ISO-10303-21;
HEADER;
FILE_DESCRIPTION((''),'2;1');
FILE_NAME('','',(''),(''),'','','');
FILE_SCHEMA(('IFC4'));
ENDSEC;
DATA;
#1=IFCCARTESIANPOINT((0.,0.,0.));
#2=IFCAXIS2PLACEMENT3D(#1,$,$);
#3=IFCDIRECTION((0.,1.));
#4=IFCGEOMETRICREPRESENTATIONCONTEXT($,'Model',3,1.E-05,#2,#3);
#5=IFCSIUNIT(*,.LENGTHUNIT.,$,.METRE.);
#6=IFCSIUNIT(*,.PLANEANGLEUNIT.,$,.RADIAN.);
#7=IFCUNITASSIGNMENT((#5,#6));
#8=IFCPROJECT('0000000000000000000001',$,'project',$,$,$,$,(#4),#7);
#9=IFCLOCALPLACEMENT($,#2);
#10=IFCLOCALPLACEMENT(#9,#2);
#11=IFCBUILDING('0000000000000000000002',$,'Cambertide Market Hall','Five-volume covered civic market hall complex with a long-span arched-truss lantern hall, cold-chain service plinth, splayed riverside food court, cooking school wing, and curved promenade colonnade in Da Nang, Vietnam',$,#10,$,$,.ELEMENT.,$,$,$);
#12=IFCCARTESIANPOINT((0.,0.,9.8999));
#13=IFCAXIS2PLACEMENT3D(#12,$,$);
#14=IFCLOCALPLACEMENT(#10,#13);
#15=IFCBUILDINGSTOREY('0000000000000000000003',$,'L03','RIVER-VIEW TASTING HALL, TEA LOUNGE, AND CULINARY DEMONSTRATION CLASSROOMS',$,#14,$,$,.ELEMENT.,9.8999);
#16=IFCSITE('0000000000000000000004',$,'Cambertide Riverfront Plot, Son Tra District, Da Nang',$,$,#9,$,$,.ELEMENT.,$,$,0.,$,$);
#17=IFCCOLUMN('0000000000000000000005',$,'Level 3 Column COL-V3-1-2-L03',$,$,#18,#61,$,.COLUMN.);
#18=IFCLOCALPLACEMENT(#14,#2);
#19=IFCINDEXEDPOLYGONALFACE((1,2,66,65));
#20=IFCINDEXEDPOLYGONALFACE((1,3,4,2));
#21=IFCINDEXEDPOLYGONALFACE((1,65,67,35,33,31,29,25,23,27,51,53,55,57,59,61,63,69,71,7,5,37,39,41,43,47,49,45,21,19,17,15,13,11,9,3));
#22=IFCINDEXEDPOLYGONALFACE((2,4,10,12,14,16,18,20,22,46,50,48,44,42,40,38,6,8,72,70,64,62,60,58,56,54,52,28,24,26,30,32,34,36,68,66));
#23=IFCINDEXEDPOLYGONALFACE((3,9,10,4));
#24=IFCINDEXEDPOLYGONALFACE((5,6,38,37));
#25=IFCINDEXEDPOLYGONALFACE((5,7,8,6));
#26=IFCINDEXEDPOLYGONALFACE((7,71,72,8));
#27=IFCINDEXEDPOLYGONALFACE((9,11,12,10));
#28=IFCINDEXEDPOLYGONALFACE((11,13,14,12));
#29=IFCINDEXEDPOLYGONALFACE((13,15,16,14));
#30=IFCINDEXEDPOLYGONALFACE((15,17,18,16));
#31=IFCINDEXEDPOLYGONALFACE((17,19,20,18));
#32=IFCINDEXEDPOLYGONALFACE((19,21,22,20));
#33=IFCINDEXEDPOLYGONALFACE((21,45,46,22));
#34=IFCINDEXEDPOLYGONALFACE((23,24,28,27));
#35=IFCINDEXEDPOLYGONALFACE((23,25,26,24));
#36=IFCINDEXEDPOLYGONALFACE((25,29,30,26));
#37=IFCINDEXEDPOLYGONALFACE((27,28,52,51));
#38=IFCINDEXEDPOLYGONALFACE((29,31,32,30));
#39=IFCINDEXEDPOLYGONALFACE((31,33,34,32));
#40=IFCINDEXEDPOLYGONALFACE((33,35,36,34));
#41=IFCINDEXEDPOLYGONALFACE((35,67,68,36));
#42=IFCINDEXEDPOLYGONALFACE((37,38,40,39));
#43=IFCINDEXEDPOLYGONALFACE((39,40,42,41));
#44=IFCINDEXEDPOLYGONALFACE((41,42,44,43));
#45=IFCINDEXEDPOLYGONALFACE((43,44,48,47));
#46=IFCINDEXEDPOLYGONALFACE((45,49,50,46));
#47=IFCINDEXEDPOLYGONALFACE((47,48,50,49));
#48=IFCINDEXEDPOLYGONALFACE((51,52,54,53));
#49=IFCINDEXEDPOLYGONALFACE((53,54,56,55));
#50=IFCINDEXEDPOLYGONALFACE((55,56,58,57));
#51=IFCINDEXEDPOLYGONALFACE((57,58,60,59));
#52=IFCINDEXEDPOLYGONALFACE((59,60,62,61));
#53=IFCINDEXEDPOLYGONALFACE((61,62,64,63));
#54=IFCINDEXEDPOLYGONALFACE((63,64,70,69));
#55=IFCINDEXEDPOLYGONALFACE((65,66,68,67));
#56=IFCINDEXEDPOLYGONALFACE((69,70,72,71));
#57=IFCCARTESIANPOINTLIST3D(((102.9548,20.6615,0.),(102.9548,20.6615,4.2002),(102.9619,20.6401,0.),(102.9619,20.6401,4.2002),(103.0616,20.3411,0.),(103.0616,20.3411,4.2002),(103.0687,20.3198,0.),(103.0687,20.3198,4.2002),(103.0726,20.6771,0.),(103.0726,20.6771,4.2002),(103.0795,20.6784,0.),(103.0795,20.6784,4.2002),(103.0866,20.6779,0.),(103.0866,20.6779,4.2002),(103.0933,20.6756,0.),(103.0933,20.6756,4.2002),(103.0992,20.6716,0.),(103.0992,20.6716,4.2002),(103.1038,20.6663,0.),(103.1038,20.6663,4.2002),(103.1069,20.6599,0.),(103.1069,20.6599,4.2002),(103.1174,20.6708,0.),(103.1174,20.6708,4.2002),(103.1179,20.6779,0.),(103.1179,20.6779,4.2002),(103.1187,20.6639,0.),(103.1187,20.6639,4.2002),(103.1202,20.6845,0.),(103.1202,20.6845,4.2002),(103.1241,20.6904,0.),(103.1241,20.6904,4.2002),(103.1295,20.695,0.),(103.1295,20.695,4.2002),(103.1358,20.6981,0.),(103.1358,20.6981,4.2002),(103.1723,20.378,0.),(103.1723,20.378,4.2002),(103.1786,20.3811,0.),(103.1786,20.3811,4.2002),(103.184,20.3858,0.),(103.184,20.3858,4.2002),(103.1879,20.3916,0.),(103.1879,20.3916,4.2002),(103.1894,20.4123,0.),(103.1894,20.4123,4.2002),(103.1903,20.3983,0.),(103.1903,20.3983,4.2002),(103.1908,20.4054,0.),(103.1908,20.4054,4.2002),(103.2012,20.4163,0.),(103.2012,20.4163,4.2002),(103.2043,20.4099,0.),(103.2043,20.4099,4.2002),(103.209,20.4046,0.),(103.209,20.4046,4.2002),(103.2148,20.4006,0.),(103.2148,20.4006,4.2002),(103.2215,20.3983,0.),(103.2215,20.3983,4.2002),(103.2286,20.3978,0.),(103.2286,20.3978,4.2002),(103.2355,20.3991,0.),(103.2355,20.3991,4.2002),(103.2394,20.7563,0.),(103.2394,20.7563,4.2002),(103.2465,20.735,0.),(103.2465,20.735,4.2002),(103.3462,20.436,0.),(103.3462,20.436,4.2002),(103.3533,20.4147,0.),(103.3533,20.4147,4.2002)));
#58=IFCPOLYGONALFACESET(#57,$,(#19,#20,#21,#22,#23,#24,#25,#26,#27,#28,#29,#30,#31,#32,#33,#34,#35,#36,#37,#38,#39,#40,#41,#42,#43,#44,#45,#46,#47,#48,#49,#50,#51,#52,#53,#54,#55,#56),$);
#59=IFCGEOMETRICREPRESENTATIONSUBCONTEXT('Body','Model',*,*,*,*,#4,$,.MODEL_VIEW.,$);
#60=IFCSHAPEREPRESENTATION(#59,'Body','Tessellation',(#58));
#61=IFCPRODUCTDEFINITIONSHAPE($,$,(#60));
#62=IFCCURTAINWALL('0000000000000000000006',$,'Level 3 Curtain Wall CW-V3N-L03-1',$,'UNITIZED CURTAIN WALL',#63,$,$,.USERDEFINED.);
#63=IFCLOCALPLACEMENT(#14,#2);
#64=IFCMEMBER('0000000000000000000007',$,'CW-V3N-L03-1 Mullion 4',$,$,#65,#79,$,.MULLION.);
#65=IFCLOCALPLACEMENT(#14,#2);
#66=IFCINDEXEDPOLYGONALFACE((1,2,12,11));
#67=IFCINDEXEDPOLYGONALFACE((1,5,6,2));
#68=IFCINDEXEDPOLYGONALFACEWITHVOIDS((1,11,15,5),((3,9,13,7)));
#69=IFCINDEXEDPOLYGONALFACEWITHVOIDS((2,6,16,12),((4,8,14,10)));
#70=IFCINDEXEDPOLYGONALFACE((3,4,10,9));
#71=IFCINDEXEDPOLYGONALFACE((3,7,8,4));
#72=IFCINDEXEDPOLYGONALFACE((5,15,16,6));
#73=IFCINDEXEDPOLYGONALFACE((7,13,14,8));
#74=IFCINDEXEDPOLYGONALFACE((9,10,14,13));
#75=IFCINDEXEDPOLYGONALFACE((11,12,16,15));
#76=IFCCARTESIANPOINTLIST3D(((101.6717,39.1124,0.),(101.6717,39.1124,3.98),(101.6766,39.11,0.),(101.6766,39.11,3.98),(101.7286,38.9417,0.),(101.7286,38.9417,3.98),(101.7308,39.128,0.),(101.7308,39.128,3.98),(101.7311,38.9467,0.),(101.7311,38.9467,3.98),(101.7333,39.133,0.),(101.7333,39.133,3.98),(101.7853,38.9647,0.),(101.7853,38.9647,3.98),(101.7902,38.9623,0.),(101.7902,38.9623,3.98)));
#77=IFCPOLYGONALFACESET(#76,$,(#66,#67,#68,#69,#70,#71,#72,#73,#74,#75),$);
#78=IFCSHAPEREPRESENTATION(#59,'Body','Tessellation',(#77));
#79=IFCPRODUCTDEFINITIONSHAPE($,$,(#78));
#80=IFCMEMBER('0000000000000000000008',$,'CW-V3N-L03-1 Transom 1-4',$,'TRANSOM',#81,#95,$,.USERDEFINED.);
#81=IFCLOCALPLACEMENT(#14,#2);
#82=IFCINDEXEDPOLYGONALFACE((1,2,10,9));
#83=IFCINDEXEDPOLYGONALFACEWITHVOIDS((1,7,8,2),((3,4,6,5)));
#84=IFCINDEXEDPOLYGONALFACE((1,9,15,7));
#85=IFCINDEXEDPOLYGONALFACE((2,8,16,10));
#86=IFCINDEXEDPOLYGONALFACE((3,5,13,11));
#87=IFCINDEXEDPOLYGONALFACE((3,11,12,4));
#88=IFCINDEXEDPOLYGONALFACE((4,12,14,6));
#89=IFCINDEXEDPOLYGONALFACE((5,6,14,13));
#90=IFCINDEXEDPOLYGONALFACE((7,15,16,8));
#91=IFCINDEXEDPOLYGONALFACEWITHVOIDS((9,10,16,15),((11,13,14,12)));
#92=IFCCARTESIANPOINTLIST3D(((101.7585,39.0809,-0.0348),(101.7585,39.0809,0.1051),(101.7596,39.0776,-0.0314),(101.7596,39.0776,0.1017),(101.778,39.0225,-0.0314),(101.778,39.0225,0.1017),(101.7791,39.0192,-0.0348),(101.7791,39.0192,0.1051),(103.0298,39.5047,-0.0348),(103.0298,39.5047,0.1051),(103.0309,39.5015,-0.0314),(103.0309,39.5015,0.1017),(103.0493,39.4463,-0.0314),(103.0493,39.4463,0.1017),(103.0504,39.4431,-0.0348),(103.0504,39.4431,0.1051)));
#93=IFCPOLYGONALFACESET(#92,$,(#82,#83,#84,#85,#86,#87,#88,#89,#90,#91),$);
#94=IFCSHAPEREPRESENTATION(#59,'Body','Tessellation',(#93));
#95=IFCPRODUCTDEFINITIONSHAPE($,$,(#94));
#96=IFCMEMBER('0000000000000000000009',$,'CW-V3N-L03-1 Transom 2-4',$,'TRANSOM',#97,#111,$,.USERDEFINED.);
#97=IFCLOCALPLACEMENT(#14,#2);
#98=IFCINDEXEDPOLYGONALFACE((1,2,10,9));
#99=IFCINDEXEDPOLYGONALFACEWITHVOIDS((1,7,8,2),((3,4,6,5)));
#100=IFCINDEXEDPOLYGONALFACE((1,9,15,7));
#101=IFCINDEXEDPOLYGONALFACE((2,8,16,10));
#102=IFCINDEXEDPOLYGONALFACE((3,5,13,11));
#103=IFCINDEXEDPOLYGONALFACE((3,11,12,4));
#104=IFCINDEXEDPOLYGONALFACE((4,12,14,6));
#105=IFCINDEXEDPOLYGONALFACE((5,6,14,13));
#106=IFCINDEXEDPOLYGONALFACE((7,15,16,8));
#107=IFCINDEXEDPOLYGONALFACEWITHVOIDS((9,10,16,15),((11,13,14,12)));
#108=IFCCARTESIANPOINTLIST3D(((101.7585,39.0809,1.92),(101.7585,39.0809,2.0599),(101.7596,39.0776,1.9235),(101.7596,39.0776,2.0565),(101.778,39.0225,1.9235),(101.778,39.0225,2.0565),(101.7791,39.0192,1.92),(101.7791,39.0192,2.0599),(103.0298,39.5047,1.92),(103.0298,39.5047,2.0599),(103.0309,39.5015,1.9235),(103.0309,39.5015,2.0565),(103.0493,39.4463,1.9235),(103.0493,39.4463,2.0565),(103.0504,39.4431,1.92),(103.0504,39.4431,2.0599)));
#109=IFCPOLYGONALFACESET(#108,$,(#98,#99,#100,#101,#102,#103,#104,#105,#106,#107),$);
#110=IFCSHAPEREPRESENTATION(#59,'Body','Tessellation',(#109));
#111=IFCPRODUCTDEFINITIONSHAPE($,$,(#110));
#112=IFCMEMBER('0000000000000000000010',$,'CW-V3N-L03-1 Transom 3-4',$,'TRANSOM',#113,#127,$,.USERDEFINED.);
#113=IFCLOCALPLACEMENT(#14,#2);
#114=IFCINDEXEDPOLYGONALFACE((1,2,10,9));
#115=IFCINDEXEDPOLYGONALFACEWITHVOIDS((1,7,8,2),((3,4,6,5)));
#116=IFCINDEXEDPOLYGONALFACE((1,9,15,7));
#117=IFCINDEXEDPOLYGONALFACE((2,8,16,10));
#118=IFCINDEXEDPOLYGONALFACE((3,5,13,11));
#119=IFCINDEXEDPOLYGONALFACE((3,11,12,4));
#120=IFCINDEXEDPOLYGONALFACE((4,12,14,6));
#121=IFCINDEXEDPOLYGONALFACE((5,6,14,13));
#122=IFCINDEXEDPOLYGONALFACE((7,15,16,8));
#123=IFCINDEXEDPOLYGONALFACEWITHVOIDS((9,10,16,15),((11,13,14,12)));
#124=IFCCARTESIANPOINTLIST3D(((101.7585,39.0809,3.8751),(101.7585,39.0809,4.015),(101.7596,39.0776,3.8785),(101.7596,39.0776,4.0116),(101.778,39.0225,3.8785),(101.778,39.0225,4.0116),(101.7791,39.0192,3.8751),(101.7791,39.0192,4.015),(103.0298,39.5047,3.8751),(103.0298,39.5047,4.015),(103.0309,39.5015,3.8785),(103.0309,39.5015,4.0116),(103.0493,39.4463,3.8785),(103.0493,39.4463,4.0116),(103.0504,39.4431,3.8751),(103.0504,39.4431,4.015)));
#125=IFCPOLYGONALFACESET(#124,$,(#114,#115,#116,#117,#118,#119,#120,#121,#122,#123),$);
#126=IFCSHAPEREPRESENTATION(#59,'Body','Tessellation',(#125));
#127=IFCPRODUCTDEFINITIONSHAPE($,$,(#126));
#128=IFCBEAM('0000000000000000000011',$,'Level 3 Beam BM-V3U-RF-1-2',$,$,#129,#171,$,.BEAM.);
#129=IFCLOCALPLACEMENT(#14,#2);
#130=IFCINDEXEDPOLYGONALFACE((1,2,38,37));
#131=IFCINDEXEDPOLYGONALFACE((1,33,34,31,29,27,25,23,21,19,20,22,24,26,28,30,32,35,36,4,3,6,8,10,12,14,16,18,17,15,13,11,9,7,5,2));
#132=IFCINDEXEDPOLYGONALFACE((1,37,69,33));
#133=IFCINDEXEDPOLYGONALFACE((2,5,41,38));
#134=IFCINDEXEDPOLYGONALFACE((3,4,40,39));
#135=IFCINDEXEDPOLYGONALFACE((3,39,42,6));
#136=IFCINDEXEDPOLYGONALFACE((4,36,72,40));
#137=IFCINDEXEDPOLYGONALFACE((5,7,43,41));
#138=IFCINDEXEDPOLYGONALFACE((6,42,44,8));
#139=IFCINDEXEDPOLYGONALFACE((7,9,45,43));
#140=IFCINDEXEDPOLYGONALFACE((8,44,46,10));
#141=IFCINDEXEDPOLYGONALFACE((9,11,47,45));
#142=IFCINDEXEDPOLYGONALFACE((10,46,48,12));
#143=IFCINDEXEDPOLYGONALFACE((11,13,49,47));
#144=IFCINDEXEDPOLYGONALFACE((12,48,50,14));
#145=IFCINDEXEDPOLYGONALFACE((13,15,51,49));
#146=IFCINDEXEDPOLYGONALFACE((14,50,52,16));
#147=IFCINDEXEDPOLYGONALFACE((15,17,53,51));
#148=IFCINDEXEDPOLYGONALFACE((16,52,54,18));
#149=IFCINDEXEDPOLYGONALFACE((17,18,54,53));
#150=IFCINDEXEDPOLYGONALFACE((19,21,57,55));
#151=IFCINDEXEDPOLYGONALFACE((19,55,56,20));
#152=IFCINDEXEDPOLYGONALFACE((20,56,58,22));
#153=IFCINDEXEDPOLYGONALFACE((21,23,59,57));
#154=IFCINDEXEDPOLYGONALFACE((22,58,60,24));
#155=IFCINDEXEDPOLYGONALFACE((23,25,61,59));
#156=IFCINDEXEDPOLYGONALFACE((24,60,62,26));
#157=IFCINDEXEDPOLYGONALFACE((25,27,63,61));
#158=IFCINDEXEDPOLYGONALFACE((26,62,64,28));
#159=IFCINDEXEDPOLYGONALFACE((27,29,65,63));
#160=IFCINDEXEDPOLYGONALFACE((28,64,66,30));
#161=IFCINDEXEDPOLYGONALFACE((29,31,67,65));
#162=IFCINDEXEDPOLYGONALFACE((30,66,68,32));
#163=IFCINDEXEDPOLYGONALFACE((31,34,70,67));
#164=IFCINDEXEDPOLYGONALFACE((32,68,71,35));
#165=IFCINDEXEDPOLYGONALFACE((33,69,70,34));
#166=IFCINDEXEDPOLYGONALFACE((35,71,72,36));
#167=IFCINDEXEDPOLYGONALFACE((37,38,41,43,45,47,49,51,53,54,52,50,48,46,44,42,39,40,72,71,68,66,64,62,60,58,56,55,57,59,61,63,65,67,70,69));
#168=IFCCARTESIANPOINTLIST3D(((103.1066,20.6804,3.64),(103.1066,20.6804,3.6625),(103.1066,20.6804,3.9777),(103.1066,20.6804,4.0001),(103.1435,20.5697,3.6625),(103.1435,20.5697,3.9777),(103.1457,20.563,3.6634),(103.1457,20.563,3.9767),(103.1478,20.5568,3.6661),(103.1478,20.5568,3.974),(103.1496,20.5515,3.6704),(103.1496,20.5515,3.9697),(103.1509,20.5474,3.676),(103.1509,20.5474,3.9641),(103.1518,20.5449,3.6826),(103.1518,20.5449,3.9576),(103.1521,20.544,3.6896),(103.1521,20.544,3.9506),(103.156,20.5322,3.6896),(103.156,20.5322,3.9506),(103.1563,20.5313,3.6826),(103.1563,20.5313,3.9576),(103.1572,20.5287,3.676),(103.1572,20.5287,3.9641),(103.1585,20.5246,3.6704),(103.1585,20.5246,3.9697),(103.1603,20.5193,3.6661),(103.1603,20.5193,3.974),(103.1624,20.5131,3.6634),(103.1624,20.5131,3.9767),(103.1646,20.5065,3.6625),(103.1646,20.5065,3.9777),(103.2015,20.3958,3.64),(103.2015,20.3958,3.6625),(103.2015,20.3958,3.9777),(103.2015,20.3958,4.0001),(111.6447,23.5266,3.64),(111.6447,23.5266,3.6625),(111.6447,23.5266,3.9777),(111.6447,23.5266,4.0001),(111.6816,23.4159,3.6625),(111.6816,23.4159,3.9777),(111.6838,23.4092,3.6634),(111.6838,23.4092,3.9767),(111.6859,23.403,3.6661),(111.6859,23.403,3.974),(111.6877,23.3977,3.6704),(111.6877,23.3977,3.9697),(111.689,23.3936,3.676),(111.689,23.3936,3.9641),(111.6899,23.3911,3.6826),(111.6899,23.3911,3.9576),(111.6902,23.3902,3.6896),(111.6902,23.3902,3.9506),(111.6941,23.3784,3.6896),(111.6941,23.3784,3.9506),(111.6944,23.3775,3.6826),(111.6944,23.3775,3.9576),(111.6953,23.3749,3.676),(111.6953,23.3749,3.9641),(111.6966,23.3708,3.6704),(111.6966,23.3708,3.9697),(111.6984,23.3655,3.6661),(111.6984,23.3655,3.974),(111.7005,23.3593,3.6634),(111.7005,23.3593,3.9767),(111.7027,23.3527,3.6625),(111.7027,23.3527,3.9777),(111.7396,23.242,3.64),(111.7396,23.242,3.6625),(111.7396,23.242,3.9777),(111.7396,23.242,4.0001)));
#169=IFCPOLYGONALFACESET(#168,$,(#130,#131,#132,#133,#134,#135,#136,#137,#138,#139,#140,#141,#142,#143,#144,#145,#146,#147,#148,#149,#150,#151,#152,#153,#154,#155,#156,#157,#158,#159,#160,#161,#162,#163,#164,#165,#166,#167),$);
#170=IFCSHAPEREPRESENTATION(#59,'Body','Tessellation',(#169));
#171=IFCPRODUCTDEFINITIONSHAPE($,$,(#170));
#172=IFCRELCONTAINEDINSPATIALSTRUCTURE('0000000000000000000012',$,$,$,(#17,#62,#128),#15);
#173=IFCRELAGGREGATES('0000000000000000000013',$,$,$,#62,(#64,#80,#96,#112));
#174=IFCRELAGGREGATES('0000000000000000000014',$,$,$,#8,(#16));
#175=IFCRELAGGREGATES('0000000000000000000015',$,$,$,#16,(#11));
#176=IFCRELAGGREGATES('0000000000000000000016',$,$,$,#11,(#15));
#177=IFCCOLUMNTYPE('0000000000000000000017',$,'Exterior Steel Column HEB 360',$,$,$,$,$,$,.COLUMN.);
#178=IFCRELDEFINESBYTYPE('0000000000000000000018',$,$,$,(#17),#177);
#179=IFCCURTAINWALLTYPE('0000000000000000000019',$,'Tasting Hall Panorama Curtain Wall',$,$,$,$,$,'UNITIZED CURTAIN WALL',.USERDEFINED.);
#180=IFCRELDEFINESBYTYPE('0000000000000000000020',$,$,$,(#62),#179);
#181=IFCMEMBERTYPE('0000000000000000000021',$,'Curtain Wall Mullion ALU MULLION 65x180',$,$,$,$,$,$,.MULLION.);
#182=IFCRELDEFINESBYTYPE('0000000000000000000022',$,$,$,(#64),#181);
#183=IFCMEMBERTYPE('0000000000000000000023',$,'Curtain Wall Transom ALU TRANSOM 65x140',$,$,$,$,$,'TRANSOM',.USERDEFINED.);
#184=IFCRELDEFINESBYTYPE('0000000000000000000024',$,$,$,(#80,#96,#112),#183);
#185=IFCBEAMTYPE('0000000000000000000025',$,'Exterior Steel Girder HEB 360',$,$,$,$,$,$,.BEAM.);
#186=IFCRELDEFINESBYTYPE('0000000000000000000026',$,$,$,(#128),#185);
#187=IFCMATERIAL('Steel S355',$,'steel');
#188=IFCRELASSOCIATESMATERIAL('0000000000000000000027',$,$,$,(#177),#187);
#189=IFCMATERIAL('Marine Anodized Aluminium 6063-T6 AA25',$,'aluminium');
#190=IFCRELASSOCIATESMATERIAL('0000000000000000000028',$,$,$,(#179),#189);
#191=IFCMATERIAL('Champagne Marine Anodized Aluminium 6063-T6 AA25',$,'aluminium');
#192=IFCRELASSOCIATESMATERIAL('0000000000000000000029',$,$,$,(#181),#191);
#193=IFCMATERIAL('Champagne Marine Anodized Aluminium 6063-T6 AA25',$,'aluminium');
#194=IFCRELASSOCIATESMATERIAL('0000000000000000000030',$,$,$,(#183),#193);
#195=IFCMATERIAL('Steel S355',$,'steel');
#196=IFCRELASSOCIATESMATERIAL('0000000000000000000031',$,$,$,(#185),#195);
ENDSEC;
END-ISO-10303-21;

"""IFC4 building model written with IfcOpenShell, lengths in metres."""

from ifc_helpers import new_model, si_unit, direction, frame, origin, origin_2d, place, context, subcontext, project, spatial, hollow_rectangle, i_section, extrude, material, material_profile, profile_set, type_object, element, aggregate, save


model = new_model("IFC4")

# Units and contexts
model_context = context("Model", 3, precision=1e-05, world=origin(), true_north=direction((0.0, 1.0)))
body_context = subcontext(model_context, "Body", "Model", "MODEL_VIEW")
ifc_project = project(units=[si_unit("LENGTHUNIT", "METRE"), si_unit("PLANEANGLEUNIT", "RADIAN")], contexts=[model_context])

# Site, building, storey
site_placement = place(None, origin())
site = spatial("IfcSite", under=ifc_project, at=site_placement, Name="Cambertide Riverfront Plot, Son Tra District, Da Nang", CompositionType="ELEMENT", RefElevation=0.0)
building_placement = place(site_placement, origin())
building = spatial("IfcBuilding", under=site, at=building_placement, Name="Cambertide Market Hall", Description="Five-volume covered civic market hall complex with a long-span arched-truss lantern hall, cold-chain service plinth, splayed riverside food court, cooking school wing, and curved promenade colonnade in Da Nang, Vietnam", CompositionType="ELEMENT")
storey_placement = place(building_placement, frame((0.0, 0.0, 9.8999)))
storey = spatial("IfcBuildingStorey", under=building, at=storey_placement, Name="L03", Description="RIVER-VIEW TASTING HALL, TEA LOUNGE, AND CULINARY DEMONSTRATION CLASSROOMS", CompositionType="ELEMENT", Elevation=9.8999)

# Column
ifc_material_1 = material(Name="Steel S355", Category="steel")
ifc_material_profile_1 = material_profile(ifc_material_1, i_section(OverallWidth=0.3, OverallDepth=0.3601, WebThickness=0.0125, FlangeThickness=0.0225, FilletRadius=0.0271, at=origin_2d()), Name="HEB 360")
ifc_profile_set_1 = profile_set([ifc_material_profile_1], Name="Steel S355")
column_type = type_object("IfcColumnType", Name="Exterior Steel Column HEB 360", PredefinedType="COLUMN", material=ifc_profile_set_1)
column_placement = place(storey_placement, frame((103.1541, 20.5381, 0.0), z_axis=(0.0, 0.0, 1.0), x_axis=(0.948683, 0.316228, 0.0)))
element("IfcColumn", 1, at=column_placement, inside=storey, type_object=column_type, Name="Level 3 Column COL-V3-1-2-L03", PredefinedType="COLUMN", context=body_context, shape_type="SweptSolid", body=[
    extrude(i_section(OverallWidth=0.3, OverallDepth=0.3601, WebThickness=0.0125, FlangeThickness=0.0225, FilletRadius=0.0271, at=origin_2d()), origin(), (0.0, 0.0, 1.0), 4.2002),
])

# Curtain wall, members
ifc_material_2 = material(Name="Marine Anodized Aluminium 6063-T6 AA25", Category="aluminium")
curtain_wall_type = type_object("IfcCurtainWallType", Name="Tasting Hall Panorama Curtain Wall", ElementType="UNITIZED CURTAIN WALL", PredefinedType="USERDEFINED", material=ifc_material_2)
curtain_wall_placement = place(storey_placement, origin())
curtain_wall = element("IfcCurtainWall", 2, at=curtain_wall_placement, inside=storey, type_object=curtain_wall_type, Name="Level 3 Curtain Wall CW-V3N-L03-1", ObjectType="UNITIZED CURTAIN WALL", PredefinedType="USERDEFINED")
ifc_material_3 = material(Name="Champagne Marine Anodized Aluminium 6063-T6 AA25", Category="aluminium")
ifc_material_profile_2 = material_profile(ifc_material_3, hollow_rectangle(XDim=0.0649, YDim=0.1799, WallThickness=0.0039, at=origin_2d()), Name="ALU MULLION 65x180")
ifc_profile_set_2 = profile_set([ifc_material_profile_2], Name="Champagne Marine Anodized Aluminium 6063-T6 AA25")
member_type_1 = type_object("IfcMemberType", Name="Curtain Wall Mullion ALU MULLION 65x180", PredefinedType="MULLION", material=ifc_profile_set_2)
member_1_placement = place(storey_placement, frame((101.731, 39.0374, 0.0), z_axis=(0.0, 0.0, 1.0), x_axis=(0.948683, 0.316228, 0.0)))
member_1 = element("IfcMember", 3, at=member_1_placement, type_object=member_type_1, Name="CW-V3N-L03-1 Mullion 4", PredefinedType="MULLION", context=body_context, shape_type="SweptSolid", body=[
    extrude(hollow_rectangle(XDim=0.0649, YDim=0.1799, WallThickness=0.0039, at=origin_2d()), origin(), (0.0, 0.0, 1.0), 3.98),
])
ifc_material_4 = material(Name="Champagne Marine Anodized Aluminium 6063-T6 AA25", Category="aluminium")
ifc_material_profile_3 = material_profile(ifc_material_4, hollow_rectangle(XDim=0.0649, YDim=0.1399, WallThickness=0.0034, at=origin_2d()), Name="ALU TRANSOM 65x140")
ifc_profile_set_3 = profile_set([ifc_material_profile_3], Name="Champagne Marine Anodized Aluminium 6063-T6 AA25")
member_type_2 = type_object("IfcMemberType", Name="Curtain Wall Transom ALU TRANSOM 65x140", ElementType="TRANSOM", PredefinedType="USERDEFINED", material=ifc_profile_set_3)
member_2_placement = place(storey_placement, frame((101.7688, 39.05, 0.0352), z_axis=(0.948665, 0.316282, 0.0), x_axis=(-0.316282, 0.948665, 0.0)))
member_2 = element("IfcMember", 4, at=member_2_placement, type_object=member_type_2, Name="CW-V3N-L03-1 Transom 1-4", ObjectType="TRANSOM", PredefinedType="USERDEFINED", context=body_context, shape_type="SweptSolid", body=[
    extrude(hollow_rectangle(XDim=0.0649, YDim=0.1399, WallThickness=0.0034, at=origin_2d()), origin(), (0.0, 0.0, 1.0), 1.3401),
])
member_3_placement = place(storey_placement, frame((101.7688, 39.05, 1.99), z_axis=(0.948665, 0.316282, 0.0), x_axis=(-0.316282, 0.948665, 0.0)))
member_3 = element("IfcMember", 5, at=member_3_placement, type_object=member_type_2, Name="CW-V3N-L03-1 Transom 2-4", ObjectType="TRANSOM", PredefinedType="USERDEFINED", context=body_context, shape_type="SweptSolid", body=[
    extrude(hollow_rectangle(XDim=0.0649, YDim=0.1399, WallThickness=0.0034, at=origin_2d()), origin(), (0.0, 0.0, 1.0), 1.3401),
])
member_4_placement = place(storey_placement, frame((101.7688, 39.05, 3.9451), z_axis=(0.948665, 0.316282, 0.0), x_axis=(-0.316282, 0.948665, 0.0)))
member_4 = element("IfcMember", 6, at=member_4_placement, type_object=member_type_2, Name="CW-V3N-L03-1 Transom 3-4", ObjectType="TRANSOM", PredefinedType="USERDEFINED", context=body_context, shape_type="SweptSolid", body=[
    extrude(hollow_rectangle(XDim=0.0649, YDim=0.1399, WallThickness=0.0034, at=origin_2d()), origin(), (0.0, 0.0, 1.0), 1.3401),
])

# Beam
ifc_material_5 = material(Name="Steel S355", Category="steel")
ifc_material_profile_4 = material_profile(ifc_material_5, i_section(OverallWidth=0.3, OverallDepth=0.3601, WebThickness=0.0125, FlangeThickness=0.0225, FilletRadius=0.0271, at=origin_2d()), Name="HEB 360")
ifc_profile_set_4 = profile_set([ifc_material_profile_4], Name="Steel S355")
beam_type_1 = type_object("IfcBeamType", Name="Exterior Steel Girder HEB 360", PredefinedType="BEAM", material=ifc_profile_set_4)
beam_1_placement = place(storey_placement, frame((103.1541, 20.5381, 3.8201), z_axis=(0.948678, 0.316244, 0.0), x_axis=(-0.316244, 0.948678, 0.0)))
element("IfcBeam", 7, at=beam_1_placement, inside=storey, type_object=beam_type_1, Name="Level 3 Beam BM-V3U-RF-1-2", PredefinedType="BEAM", context=body_context, shape_type="SweptSolid", body=[
    extrude(i_section(OverallWidth=0.3, OverallDepth=0.3601, WebThickness=0.0125, FlangeThickness=0.0225, FilletRadius=0.0271, at=origin_2d()), origin(), (0.0, 0.0, 1.0), 9.0),
])

aggregate(curtain_wall, [member_1, member_2, member_3, member_4])

save(model, "model.ifc")
